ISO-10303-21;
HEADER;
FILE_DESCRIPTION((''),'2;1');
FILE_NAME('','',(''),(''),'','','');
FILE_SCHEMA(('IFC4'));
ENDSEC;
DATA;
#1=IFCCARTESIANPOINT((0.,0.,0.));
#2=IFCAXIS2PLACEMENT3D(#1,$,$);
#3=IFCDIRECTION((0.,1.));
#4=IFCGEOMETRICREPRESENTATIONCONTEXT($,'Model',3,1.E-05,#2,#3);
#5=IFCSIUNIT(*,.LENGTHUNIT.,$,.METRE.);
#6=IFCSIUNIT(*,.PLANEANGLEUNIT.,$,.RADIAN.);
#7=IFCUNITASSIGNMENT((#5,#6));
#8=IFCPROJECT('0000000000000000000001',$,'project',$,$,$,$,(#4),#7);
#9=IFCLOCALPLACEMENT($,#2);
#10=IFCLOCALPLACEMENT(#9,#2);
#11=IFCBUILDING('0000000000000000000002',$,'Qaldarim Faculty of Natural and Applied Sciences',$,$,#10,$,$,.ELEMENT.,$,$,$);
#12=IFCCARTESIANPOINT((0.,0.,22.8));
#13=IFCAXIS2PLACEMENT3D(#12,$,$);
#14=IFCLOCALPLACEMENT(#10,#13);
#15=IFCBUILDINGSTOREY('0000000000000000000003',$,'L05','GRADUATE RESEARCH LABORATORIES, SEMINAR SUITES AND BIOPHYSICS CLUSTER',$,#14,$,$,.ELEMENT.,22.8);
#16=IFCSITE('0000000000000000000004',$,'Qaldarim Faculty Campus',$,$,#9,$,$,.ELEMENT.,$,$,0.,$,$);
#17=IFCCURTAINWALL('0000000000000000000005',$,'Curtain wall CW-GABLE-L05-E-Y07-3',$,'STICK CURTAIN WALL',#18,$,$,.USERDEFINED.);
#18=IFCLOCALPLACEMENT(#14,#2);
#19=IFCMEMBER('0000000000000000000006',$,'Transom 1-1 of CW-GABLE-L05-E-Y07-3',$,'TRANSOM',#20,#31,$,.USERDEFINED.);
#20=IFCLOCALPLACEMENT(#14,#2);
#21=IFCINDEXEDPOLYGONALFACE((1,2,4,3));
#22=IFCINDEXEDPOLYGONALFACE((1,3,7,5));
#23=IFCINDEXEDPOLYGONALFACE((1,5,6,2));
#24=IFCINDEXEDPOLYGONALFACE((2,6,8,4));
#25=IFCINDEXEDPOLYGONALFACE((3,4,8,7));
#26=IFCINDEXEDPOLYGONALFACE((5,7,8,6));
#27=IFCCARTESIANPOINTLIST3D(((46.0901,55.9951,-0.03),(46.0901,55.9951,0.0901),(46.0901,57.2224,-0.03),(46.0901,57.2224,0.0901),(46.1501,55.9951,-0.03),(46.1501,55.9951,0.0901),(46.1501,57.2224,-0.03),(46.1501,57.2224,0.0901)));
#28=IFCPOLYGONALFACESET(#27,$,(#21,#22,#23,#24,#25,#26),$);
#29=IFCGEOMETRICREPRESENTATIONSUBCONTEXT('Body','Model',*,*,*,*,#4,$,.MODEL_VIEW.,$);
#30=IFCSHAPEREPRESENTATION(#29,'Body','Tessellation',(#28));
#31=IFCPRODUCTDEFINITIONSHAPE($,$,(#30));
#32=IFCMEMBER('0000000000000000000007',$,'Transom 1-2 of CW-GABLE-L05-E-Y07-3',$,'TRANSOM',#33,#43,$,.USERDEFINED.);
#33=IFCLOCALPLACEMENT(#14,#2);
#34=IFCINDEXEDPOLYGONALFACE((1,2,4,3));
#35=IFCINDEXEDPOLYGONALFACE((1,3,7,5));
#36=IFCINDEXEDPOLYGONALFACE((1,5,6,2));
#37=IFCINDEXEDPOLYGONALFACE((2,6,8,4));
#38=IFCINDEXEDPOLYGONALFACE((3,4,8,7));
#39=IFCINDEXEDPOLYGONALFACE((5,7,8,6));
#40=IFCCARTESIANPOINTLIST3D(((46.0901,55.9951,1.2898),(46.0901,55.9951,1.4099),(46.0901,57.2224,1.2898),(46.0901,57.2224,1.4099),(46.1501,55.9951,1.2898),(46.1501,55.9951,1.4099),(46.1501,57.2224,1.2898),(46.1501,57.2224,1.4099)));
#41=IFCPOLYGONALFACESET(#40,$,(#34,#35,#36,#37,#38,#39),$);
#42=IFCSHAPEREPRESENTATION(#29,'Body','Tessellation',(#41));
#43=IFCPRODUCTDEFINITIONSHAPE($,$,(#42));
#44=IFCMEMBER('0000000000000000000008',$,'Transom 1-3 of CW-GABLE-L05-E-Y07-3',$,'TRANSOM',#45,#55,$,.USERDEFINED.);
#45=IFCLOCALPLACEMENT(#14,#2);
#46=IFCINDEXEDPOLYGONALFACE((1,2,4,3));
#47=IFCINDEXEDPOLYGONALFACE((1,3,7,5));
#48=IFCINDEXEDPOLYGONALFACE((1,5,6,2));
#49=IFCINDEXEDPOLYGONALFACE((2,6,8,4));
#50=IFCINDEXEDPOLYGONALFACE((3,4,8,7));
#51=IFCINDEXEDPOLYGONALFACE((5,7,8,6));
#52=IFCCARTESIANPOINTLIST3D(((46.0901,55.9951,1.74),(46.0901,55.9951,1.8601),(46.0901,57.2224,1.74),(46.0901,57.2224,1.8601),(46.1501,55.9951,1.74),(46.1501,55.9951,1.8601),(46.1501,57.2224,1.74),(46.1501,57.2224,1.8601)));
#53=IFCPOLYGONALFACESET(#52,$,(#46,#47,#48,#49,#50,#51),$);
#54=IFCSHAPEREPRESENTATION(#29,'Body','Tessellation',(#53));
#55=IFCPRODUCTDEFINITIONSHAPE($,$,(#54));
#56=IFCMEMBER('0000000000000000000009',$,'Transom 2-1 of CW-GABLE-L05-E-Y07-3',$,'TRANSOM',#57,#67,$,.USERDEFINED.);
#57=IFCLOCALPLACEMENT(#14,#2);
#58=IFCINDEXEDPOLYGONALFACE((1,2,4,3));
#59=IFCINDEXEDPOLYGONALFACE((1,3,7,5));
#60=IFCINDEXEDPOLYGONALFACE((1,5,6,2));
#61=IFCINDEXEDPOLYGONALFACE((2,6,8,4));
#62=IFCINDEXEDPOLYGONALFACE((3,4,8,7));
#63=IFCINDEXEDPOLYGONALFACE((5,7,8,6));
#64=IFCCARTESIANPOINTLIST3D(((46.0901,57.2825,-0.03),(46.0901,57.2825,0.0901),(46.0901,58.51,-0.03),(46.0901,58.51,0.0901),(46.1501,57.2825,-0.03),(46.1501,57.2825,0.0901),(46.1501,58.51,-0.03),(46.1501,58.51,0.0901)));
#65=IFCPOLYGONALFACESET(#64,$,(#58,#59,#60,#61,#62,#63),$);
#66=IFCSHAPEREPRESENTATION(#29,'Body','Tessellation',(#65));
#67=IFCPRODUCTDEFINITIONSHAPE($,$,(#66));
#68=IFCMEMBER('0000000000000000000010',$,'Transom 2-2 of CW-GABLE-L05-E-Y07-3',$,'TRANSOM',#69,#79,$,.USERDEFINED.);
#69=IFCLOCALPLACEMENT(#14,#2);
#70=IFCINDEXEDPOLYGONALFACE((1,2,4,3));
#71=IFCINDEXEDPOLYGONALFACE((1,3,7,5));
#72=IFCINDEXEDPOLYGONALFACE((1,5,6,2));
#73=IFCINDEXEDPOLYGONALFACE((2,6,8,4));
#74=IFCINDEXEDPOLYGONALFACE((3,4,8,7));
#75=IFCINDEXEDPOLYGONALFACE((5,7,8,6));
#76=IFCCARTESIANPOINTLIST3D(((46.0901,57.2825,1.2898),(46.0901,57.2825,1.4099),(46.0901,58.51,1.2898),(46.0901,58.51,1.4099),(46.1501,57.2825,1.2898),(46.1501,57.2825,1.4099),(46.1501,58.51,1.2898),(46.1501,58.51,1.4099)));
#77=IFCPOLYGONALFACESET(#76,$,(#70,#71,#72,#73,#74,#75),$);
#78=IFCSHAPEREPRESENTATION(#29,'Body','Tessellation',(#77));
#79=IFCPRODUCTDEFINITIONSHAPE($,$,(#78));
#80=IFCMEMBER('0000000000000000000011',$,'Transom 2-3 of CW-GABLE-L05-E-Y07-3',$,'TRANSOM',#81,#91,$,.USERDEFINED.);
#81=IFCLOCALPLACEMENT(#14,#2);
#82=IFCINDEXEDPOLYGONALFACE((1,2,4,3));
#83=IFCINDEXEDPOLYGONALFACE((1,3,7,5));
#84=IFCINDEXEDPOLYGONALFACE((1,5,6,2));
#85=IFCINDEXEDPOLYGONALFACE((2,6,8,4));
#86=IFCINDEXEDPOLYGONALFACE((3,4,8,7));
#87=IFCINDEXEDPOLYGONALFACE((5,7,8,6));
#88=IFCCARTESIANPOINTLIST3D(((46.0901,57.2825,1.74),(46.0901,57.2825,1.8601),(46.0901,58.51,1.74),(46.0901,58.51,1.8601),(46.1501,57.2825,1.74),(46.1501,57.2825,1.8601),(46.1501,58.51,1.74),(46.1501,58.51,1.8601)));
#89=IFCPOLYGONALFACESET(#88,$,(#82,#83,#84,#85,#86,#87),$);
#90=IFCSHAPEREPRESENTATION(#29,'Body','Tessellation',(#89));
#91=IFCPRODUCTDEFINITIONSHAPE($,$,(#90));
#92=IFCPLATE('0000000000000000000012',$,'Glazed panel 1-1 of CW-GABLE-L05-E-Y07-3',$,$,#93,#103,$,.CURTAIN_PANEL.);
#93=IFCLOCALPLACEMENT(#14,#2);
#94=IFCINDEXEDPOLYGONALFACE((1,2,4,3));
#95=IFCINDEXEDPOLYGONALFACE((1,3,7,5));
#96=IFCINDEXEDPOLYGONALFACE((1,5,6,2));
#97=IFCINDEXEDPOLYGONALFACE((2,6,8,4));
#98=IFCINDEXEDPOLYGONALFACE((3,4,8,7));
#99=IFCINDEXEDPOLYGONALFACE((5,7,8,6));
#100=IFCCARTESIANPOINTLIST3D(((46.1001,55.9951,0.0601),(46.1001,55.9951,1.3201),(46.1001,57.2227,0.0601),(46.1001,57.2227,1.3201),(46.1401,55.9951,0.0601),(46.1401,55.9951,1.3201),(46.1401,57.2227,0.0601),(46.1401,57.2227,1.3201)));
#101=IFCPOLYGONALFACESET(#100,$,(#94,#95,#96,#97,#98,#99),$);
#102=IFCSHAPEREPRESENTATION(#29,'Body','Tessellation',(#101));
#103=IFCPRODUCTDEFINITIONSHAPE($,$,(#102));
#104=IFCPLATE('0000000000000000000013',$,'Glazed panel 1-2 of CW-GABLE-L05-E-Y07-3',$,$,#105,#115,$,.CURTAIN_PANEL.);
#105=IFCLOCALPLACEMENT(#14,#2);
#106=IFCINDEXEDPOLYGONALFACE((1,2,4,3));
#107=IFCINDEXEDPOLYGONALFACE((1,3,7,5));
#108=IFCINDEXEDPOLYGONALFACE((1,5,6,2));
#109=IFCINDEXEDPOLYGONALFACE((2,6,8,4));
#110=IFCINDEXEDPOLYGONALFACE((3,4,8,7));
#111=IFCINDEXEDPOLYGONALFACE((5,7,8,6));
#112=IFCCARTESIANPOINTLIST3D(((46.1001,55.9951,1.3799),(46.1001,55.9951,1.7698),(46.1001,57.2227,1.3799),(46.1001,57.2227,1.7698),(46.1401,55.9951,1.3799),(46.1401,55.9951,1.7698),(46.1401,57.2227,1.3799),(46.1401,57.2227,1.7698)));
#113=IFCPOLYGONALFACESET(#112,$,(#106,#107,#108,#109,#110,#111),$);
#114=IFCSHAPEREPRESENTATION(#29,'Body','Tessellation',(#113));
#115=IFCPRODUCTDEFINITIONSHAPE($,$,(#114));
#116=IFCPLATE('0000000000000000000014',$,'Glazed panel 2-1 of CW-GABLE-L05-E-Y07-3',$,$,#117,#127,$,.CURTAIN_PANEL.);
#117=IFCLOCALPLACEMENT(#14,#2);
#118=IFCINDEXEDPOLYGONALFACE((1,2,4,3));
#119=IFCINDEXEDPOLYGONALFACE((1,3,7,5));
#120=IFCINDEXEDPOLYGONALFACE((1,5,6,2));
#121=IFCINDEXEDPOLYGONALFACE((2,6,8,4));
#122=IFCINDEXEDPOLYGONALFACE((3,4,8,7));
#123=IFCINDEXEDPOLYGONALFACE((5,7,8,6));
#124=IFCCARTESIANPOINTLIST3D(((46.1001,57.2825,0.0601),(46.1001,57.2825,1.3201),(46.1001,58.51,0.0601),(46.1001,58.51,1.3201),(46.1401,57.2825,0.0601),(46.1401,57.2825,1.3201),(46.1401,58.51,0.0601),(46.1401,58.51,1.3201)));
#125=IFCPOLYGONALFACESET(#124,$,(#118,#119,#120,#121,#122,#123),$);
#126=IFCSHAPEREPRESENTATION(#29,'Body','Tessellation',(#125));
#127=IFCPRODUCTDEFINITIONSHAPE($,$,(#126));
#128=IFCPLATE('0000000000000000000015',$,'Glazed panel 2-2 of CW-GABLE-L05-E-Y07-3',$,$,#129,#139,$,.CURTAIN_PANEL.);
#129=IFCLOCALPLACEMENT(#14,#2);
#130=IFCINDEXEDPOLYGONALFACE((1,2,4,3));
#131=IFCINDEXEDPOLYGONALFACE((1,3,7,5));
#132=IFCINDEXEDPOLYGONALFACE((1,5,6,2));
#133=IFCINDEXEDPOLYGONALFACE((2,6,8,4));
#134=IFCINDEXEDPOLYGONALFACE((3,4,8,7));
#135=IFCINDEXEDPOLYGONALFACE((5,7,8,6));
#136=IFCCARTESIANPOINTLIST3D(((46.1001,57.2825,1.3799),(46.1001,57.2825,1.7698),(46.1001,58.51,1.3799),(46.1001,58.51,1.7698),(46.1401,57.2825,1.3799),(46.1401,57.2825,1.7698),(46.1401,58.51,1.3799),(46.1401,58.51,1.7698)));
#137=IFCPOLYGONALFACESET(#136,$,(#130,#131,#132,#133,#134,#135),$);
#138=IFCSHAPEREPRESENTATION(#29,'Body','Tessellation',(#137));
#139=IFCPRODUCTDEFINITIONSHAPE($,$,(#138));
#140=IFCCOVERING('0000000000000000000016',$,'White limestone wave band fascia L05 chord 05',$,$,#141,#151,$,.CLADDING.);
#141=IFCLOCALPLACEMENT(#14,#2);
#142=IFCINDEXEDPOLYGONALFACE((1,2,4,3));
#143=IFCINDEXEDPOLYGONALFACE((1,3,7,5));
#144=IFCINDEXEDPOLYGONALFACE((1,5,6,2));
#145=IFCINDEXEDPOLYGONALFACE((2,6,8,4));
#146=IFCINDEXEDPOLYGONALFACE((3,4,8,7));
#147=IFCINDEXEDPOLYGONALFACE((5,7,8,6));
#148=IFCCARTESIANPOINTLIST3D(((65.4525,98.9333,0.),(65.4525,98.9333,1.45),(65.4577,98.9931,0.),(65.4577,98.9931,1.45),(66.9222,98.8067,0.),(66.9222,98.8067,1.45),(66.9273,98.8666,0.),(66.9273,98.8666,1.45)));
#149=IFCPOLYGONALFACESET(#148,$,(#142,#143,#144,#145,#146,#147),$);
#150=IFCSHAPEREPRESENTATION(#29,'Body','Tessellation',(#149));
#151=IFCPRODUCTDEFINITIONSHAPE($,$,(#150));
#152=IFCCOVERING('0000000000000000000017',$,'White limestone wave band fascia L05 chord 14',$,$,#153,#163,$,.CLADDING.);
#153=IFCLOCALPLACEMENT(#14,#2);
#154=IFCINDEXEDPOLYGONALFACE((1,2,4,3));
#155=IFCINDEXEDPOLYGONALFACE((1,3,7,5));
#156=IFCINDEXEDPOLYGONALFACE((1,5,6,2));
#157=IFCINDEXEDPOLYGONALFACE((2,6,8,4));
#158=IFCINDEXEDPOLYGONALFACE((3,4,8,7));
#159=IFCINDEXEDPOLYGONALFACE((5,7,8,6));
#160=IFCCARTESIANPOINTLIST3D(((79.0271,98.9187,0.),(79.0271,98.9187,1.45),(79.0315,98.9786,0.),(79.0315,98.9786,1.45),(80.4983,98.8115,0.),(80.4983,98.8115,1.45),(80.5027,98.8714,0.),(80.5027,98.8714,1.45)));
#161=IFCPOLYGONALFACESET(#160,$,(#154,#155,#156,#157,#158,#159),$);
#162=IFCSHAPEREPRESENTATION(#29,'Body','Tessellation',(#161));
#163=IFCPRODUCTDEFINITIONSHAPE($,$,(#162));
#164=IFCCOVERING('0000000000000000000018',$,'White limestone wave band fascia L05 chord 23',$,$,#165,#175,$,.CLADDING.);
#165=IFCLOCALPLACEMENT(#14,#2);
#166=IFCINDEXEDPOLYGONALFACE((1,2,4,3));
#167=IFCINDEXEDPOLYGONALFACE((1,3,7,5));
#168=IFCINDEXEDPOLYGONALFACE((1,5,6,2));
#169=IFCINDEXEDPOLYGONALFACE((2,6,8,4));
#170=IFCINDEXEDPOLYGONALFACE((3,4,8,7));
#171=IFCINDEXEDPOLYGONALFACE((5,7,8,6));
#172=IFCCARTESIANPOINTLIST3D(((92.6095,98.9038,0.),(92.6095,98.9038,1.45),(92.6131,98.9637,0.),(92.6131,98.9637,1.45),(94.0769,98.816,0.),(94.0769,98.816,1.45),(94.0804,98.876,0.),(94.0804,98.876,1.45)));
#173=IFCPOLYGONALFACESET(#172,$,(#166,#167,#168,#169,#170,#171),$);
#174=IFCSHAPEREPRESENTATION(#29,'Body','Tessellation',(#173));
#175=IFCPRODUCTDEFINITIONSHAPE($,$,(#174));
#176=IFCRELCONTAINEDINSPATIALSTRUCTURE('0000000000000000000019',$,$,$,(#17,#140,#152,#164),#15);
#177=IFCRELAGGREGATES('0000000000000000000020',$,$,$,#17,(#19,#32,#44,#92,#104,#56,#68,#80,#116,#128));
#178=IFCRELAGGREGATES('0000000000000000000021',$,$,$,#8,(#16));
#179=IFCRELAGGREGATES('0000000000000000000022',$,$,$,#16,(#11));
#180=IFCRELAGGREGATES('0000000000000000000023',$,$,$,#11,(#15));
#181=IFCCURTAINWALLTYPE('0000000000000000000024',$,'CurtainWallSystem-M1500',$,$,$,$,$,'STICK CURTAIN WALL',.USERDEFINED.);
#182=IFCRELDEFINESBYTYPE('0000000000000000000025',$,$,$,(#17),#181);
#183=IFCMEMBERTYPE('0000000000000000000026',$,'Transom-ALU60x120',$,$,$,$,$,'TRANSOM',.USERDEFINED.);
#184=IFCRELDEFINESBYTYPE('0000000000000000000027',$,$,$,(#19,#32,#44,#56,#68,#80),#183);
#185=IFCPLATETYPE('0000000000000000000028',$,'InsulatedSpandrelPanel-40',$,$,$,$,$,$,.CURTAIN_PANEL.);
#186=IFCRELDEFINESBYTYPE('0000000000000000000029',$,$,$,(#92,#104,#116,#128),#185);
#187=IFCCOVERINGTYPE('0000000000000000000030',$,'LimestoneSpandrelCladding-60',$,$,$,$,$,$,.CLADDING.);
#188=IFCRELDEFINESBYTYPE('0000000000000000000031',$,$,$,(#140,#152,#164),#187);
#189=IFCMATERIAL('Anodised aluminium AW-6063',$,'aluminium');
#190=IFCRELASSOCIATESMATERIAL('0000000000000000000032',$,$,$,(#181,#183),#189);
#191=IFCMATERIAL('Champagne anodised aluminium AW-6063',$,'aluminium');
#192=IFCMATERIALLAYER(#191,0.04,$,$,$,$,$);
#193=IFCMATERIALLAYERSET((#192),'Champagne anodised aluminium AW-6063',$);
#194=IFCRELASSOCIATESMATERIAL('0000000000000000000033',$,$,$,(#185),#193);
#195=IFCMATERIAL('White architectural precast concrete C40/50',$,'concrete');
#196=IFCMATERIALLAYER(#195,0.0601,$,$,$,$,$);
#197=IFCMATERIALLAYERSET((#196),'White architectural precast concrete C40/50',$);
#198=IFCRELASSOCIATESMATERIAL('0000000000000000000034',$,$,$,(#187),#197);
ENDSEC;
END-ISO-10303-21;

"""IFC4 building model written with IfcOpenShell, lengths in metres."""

from ifc_helpers import new_model, si_unit, direction, frame, origin, origin_2d, place, context, subcontext, project, spatial, rectangle, extrude, material, layer, layer_set, material_profile, profile_set, type_object, element, aggregate, save


model = new_model("IFC4")

# Units and contexts
model_context = context("Model", 3, precision=1e-05, world=origin(), true_north=direction((0.0, 1.0)))
body_context = subcontext(model_context, "Body", "Model", "MODEL_VIEW")
ifc_project = project(units=[si_unit("LENGTHUNIT", "METRE"), si_unit("PLANEANGLEUNIT", "RADIAN")], contexts=[model_context])

# Site, building, storey
site_placement = place(None, origin())
site = spatial("IfcSite", under=ifc_project, at=site_placement, Name="Qaldarim Faculty Campus", CompositionType="ELEMENT", RefElevation=0.0)
building_placement = place(site_placement, origin())
building = spatial("IfcBuilding", under=site, at=building_placement, Name="Qaldarim Faculty of Natural and Applied Sciences", CompositionType="ELEMENT")
storey_placement = place(building_placement, frame((0.0, 0.0, 22.8)))
storey = spatial("IfcBuildingStorey", under=building, at=storey_placement, Name="L05", Description="GRADUATE RESEARCH LABORATORIES, SEMINAR SUITES AND BIOPHYSICS CLUSTER", CompositionType="ELEMENT", Elevation=22.8)

# Curtain wall
ifc_material_1 = material(Name="Anodised aluminium AW-6063", Category="aluminium")
curtain_wall_type = type_object("IfcCurtainWallType", Name="CurtainWallSystem-M1500", ElementType="STICK CURTAIN WALL", PredefinedType="USERDEFINED", material=ifc_material_1)
curtain_wall_placement = place(storey_placement, origin())
curtain_wall = element("IfcCurtainWall", 1, at=curtain_wall_placement, inside=storey, type_object=curtain_wall_type, Name="Curtain wall CW-GABLE-L05-E-Y07-3", ObjectType="STICK CURTAIN WALL", PredefinedType="USERDEFINED")

# Members
ifc_material_profile_1 = material_profile(ifc_material_1, rectangle(XDim=0.0601, YDim=0.1201, at=origin_2d()), Name="ALU-T60x120")
ifc_profile_set_1 = profile_set([ifc_material_profile_1], Name="Anodised aluminium AW-6063")
member_type_1 = type_object("IfcMemberType", Name="Transom-ALU60x120", ElementType="TRANSOM", PredefinedType="USERDEFINED", material=ifc_profile_set_1)
member_1_placement = place(storey_placement, frame((46.1201, 55.9951, 0.03), z_axis=(0.0, 1.0, 0.0), x_axis=(-1.0, 0.0, 0.0)))
member_1 = element("IfcMember", 2, at=member_1_placement, type_object=member_type_1, Name="Transom 1-1 of CW-GABLE-L05-E-Y07-3", ObjectType="TRANSOM", PredefinedType="USERDEFINED", context=body_context, shape_type="SweptSolid", body=[
    extrude(rectangle(XDim=0.0601, YDim=0.1201, at=origin_2d()), origin(), (0.0, 0.0, 1.0), 1.2273),
])
member_2_placement = place(storey_placement, frame((46.1201, 55.9951, 1.3499), z_axis=(0.0, 1.0, 0.0), x_axis=(-1.0, 0.0, 0.0)))
member_2 = element("IfcMember", 3, at=member_2_placement, type_object=member_type_1, Name="Transom 1-2 of CW-GABLE-L05-E-Y07-3", ObjectType="TRANSOM", PredefinedType="USERDEFINED", context=body_context, shape_type="SweptSolid", body=[
    extrude(rectangle(XDim=0.0601, YDim=0.1201, at=origin_2d()), origin(), (0.0, 0.0, 1.0), 1.2273),
])
member_3_placement = place(storey_placement, frame((46.1201, 55.9951, 1.8), z_axis=(0.0, 1.0, 0.0), x_axis=(-1.0, 0.0, 0.0)))
member_3 = element("IfcMember", 4, at=member_3_placement, type_object=member_type_1, Name="Transom 1-3 of CW-GABLE-L05-E-Y07-3", ObjectType="TRANSOM", PredefinedType="USERDEFINED", context=body_context, shape_type="SweptSolid", body=[
    extrude(rectangle(XDim=0.0601, YDim=0.1201, at=origin_2d()), origin(), (0.0, 0.0, 1.0), 1.2273),
])
member_4_placement = place(storey_placement, frame((46.1201, 57.2825, 0.03), z_axis=(0.0, 1.0, 0.0), x_axis=(-1.0, 0.0, 0.0)))
member_4 = element("IfcMember", 5, at=member_4_placement, type_object=member_type_1, Name="Transom 2-1 of CW-GABLE-L05-E-Y07-3", ObjectType="TRANSOM", PredefinedType="USERDEFINED", context=body_context, shape_type="SweptSolid", body=[
    extrude(rectangle(XDim=0.0601, YDim=0.1201, at=origin_2d()), origin(), (0.0, 0.0, 1.0), 1.2275),
])
member_5_placement = place(storey_placement, frame((46.1201, 57.2825, 1.3499), z_axis=(0.0, 1.0, 0.0), x_axis=(-1.0, 0.0, 0.0)))
member_5 = element("IfcMember", 6, at=member_5_placement, type_object=member_type_1, Name="Transom 2-2 of CW-GABLE-L05-E-Y07-3", ObjectType="TRANSOM", PredefinedType="USERDEFINED", context=body_context, shape_type="SweptSolid", body=[
    extrude(rectangle(XDim=0.0601, YDim=0.1201, at=origin_2d()), origin(), (0.0, 0.0, 1.0), 1.2275),
])
member_6_placement = place(storey_placement, frame((46.1201, 57.2825, 1.8), z_axis=(0.0, 1.0, 0.0), x_axis=(-1.0, 0.0, 0.0)))
member_6 = element("IfcMember", 7, at=member_6_placement, type_object=member_type_1, Name="Transom 2-3 of CW-GABLE-L05-E-Y07-3", ObjectType="TRANSOM", PredefinedType="USERDEFINED", context=body_context, shape_type="SweptSolid", body=[
    extrude(rectangle(XDim=0.0601, YDim=0.1201, at=origin_2d()), origin(), (0.0, 0.0, 1.0), 1.2275),
])

# Plates
ifc_material_2 = material(Name="Champagne anodised aluminium AW-6063", Category="aluminium")
ifc_layer_1 = layer(ifc_material_2, 0.04)
ifc_layer_set_1 = layer_set([ifc_layer_1], Name="Champagne anodised aluminium AW-6063")
plate_type = type_object("IfcPlateType", Name="InsulatedSpandrelPanel-40", PredefinedType="CURTAIN_PANEL", material=ifc_layer_set_1)
plate_1_placement = place(storey_placement, frame((46.1201, 56.6089, 0.0601), z_axis=(0.0, 0.0, 1.0), x_axis=(0.0, 1.0, 0.0)))
plate_1 = element("IfcPlate", 8, at=plate_1_placement, type_object=plate_type, Name="Glazed panel 1-1 of CW-GABLE-L05-E-Y07-3", PredefinedType="CURTAIN_PANEL", context=body_context, shape_type="SweptSolid", body=[
    extrude(rectangle(XDim=1.2275, YDim=0.04, at=origin_2d()), origin(), (0.0, 0.0, 1.0), 1.26),
])
plate_2_placement = place(storey_placement, frame((46.1201, 56.6089, 1.3799), z_axis=(0.0, 0.0, 1.0), x_axis=(0.0, 1.0, 0.0)))
plate_2 = element("IfcPlate", 9, at=plate_2_placement, type_object=plate_type, Name="Glazed panel 1-2 of CW-GABLE-L05-E-Y07-3", PredefinedType="CURTAIN_PANEL", context=body_context, shape_type="SweptSolid", body=[
    extrude(rectangle(XDim=1.2275, YDim=0.04, at=origin_2d()), origin(), (0.0, 0.0, 1.0), 0.3899),
])
plate_3_placement = place(storey_placement, frame((46.1201, 57.8962, 0.0601), z_axis=(0.0, 0.0, 1.0), x_axis=(0.0, 1.0, 0.0)))
plate_3 = element("IfcPlate", 10, at=plate_3_placement, type_object=plate_type, Name="Glazed panel 2-1 of CW-GABLE-L05-E-Y07-3", PredefinedType="CURTAIN_PANEL", context=body_context, shape_type="SweptSolid", body=[
    extrude(rectangle(XDim=1.2275, YDim=0.04, at=origin_2d()), origin(), (0.0, 0.0, 1.0), 1.26),
])
plate_4_placement = place(storey_placement, frame((46.1201, 57.8962, 1.3799), z_axis=(0.0, 0.0, 1.0), x_axis=(0.0, 1.0, 0.0)))
plate_4 = element("IfcPlate", 11, at=plate_4_placement, type_object=plate_type, Name="Glazed panel 2-2 of CW-GABLE-L05-E-Y07-3", PredefinedType="CURTAIN_PANEL", context=body_context, shape_type="SweptSolid", body=[
    extrude(rectangle(XDim=1.2275, YDim=0.04, at=origin_2d()), origin(), (0.0, 0.0, 1.0), 0.3899),
])
aggregate(curtain_wall, [member_1, member_2, member_3, plate_1, plate_2, member_4, member_5, member_6, plate_3, plate_4])

# Coverings
ifc_material_3 = material(Name="White architectural precast concrete C40/50", Category="concrete")
ifc_layer_2 = layer(ifc_material_3, 0.0601)
ifc_layer_set_2 = layer_set([ifc_layer_2], Name="White architectural precast concrete C40/50")
covering_type = type_object("IfcCoveringType", Name="LimestoneSpandrelCladding-60", PredefinedType="CLADDING", material=ifc_layer_set_2)
for number, where, z_axis, x_axis, name in (
    (12, (66.1899, 98.8999, 0.0), (0.0, 0.0, 1.0), (0.996314, -0.085782, 0.0), "White limestone wave band fascia L05 chord 05"),
    (13, (79.7649, 98.895, 0.0), (0.0, 0.0, 1.0), (0.997356, -0.072664, 0.0), "White limestone wave band fascia L05 chord 14"),
):
    element("IfcCovering", number, at=place(storey_placement, frame(where, z_axis=z_axis, x_axis=x_axis)), inside=storey, type_object=covering_type, Name=name, PredefinedType="CLADDING", context=body_context, shape_type="SweptSolid", body=[
        extrude(rectangle(XDim=1.4751, YDim=0.0601, at=origin_2d()), origin(), (0.0, 0.0, 1.0), 1.45),
    ])
covering_placement = place(storey_placement, frame((93.345, 98.8899, 0.0), z_axis=(0.0, 0.0, 1.0), x_axis=(0.998217, -0.05969, 0.0)))
element("IfcCovering", 14, at=covering_placement, inside=storey, type_object=covering_type, Name="White limestone wave band fascia L05 chord 23", PredefinedType="CLADDING", context=body_context, shape_type="SweptSolid", body=[
    extrude(rectangle(XDim=1.47, YDim=0.0601, at=origin_2d()), origin(), (0.0, 0.0, 1.0), 1.45),
])

save(model, "model.ifc")
